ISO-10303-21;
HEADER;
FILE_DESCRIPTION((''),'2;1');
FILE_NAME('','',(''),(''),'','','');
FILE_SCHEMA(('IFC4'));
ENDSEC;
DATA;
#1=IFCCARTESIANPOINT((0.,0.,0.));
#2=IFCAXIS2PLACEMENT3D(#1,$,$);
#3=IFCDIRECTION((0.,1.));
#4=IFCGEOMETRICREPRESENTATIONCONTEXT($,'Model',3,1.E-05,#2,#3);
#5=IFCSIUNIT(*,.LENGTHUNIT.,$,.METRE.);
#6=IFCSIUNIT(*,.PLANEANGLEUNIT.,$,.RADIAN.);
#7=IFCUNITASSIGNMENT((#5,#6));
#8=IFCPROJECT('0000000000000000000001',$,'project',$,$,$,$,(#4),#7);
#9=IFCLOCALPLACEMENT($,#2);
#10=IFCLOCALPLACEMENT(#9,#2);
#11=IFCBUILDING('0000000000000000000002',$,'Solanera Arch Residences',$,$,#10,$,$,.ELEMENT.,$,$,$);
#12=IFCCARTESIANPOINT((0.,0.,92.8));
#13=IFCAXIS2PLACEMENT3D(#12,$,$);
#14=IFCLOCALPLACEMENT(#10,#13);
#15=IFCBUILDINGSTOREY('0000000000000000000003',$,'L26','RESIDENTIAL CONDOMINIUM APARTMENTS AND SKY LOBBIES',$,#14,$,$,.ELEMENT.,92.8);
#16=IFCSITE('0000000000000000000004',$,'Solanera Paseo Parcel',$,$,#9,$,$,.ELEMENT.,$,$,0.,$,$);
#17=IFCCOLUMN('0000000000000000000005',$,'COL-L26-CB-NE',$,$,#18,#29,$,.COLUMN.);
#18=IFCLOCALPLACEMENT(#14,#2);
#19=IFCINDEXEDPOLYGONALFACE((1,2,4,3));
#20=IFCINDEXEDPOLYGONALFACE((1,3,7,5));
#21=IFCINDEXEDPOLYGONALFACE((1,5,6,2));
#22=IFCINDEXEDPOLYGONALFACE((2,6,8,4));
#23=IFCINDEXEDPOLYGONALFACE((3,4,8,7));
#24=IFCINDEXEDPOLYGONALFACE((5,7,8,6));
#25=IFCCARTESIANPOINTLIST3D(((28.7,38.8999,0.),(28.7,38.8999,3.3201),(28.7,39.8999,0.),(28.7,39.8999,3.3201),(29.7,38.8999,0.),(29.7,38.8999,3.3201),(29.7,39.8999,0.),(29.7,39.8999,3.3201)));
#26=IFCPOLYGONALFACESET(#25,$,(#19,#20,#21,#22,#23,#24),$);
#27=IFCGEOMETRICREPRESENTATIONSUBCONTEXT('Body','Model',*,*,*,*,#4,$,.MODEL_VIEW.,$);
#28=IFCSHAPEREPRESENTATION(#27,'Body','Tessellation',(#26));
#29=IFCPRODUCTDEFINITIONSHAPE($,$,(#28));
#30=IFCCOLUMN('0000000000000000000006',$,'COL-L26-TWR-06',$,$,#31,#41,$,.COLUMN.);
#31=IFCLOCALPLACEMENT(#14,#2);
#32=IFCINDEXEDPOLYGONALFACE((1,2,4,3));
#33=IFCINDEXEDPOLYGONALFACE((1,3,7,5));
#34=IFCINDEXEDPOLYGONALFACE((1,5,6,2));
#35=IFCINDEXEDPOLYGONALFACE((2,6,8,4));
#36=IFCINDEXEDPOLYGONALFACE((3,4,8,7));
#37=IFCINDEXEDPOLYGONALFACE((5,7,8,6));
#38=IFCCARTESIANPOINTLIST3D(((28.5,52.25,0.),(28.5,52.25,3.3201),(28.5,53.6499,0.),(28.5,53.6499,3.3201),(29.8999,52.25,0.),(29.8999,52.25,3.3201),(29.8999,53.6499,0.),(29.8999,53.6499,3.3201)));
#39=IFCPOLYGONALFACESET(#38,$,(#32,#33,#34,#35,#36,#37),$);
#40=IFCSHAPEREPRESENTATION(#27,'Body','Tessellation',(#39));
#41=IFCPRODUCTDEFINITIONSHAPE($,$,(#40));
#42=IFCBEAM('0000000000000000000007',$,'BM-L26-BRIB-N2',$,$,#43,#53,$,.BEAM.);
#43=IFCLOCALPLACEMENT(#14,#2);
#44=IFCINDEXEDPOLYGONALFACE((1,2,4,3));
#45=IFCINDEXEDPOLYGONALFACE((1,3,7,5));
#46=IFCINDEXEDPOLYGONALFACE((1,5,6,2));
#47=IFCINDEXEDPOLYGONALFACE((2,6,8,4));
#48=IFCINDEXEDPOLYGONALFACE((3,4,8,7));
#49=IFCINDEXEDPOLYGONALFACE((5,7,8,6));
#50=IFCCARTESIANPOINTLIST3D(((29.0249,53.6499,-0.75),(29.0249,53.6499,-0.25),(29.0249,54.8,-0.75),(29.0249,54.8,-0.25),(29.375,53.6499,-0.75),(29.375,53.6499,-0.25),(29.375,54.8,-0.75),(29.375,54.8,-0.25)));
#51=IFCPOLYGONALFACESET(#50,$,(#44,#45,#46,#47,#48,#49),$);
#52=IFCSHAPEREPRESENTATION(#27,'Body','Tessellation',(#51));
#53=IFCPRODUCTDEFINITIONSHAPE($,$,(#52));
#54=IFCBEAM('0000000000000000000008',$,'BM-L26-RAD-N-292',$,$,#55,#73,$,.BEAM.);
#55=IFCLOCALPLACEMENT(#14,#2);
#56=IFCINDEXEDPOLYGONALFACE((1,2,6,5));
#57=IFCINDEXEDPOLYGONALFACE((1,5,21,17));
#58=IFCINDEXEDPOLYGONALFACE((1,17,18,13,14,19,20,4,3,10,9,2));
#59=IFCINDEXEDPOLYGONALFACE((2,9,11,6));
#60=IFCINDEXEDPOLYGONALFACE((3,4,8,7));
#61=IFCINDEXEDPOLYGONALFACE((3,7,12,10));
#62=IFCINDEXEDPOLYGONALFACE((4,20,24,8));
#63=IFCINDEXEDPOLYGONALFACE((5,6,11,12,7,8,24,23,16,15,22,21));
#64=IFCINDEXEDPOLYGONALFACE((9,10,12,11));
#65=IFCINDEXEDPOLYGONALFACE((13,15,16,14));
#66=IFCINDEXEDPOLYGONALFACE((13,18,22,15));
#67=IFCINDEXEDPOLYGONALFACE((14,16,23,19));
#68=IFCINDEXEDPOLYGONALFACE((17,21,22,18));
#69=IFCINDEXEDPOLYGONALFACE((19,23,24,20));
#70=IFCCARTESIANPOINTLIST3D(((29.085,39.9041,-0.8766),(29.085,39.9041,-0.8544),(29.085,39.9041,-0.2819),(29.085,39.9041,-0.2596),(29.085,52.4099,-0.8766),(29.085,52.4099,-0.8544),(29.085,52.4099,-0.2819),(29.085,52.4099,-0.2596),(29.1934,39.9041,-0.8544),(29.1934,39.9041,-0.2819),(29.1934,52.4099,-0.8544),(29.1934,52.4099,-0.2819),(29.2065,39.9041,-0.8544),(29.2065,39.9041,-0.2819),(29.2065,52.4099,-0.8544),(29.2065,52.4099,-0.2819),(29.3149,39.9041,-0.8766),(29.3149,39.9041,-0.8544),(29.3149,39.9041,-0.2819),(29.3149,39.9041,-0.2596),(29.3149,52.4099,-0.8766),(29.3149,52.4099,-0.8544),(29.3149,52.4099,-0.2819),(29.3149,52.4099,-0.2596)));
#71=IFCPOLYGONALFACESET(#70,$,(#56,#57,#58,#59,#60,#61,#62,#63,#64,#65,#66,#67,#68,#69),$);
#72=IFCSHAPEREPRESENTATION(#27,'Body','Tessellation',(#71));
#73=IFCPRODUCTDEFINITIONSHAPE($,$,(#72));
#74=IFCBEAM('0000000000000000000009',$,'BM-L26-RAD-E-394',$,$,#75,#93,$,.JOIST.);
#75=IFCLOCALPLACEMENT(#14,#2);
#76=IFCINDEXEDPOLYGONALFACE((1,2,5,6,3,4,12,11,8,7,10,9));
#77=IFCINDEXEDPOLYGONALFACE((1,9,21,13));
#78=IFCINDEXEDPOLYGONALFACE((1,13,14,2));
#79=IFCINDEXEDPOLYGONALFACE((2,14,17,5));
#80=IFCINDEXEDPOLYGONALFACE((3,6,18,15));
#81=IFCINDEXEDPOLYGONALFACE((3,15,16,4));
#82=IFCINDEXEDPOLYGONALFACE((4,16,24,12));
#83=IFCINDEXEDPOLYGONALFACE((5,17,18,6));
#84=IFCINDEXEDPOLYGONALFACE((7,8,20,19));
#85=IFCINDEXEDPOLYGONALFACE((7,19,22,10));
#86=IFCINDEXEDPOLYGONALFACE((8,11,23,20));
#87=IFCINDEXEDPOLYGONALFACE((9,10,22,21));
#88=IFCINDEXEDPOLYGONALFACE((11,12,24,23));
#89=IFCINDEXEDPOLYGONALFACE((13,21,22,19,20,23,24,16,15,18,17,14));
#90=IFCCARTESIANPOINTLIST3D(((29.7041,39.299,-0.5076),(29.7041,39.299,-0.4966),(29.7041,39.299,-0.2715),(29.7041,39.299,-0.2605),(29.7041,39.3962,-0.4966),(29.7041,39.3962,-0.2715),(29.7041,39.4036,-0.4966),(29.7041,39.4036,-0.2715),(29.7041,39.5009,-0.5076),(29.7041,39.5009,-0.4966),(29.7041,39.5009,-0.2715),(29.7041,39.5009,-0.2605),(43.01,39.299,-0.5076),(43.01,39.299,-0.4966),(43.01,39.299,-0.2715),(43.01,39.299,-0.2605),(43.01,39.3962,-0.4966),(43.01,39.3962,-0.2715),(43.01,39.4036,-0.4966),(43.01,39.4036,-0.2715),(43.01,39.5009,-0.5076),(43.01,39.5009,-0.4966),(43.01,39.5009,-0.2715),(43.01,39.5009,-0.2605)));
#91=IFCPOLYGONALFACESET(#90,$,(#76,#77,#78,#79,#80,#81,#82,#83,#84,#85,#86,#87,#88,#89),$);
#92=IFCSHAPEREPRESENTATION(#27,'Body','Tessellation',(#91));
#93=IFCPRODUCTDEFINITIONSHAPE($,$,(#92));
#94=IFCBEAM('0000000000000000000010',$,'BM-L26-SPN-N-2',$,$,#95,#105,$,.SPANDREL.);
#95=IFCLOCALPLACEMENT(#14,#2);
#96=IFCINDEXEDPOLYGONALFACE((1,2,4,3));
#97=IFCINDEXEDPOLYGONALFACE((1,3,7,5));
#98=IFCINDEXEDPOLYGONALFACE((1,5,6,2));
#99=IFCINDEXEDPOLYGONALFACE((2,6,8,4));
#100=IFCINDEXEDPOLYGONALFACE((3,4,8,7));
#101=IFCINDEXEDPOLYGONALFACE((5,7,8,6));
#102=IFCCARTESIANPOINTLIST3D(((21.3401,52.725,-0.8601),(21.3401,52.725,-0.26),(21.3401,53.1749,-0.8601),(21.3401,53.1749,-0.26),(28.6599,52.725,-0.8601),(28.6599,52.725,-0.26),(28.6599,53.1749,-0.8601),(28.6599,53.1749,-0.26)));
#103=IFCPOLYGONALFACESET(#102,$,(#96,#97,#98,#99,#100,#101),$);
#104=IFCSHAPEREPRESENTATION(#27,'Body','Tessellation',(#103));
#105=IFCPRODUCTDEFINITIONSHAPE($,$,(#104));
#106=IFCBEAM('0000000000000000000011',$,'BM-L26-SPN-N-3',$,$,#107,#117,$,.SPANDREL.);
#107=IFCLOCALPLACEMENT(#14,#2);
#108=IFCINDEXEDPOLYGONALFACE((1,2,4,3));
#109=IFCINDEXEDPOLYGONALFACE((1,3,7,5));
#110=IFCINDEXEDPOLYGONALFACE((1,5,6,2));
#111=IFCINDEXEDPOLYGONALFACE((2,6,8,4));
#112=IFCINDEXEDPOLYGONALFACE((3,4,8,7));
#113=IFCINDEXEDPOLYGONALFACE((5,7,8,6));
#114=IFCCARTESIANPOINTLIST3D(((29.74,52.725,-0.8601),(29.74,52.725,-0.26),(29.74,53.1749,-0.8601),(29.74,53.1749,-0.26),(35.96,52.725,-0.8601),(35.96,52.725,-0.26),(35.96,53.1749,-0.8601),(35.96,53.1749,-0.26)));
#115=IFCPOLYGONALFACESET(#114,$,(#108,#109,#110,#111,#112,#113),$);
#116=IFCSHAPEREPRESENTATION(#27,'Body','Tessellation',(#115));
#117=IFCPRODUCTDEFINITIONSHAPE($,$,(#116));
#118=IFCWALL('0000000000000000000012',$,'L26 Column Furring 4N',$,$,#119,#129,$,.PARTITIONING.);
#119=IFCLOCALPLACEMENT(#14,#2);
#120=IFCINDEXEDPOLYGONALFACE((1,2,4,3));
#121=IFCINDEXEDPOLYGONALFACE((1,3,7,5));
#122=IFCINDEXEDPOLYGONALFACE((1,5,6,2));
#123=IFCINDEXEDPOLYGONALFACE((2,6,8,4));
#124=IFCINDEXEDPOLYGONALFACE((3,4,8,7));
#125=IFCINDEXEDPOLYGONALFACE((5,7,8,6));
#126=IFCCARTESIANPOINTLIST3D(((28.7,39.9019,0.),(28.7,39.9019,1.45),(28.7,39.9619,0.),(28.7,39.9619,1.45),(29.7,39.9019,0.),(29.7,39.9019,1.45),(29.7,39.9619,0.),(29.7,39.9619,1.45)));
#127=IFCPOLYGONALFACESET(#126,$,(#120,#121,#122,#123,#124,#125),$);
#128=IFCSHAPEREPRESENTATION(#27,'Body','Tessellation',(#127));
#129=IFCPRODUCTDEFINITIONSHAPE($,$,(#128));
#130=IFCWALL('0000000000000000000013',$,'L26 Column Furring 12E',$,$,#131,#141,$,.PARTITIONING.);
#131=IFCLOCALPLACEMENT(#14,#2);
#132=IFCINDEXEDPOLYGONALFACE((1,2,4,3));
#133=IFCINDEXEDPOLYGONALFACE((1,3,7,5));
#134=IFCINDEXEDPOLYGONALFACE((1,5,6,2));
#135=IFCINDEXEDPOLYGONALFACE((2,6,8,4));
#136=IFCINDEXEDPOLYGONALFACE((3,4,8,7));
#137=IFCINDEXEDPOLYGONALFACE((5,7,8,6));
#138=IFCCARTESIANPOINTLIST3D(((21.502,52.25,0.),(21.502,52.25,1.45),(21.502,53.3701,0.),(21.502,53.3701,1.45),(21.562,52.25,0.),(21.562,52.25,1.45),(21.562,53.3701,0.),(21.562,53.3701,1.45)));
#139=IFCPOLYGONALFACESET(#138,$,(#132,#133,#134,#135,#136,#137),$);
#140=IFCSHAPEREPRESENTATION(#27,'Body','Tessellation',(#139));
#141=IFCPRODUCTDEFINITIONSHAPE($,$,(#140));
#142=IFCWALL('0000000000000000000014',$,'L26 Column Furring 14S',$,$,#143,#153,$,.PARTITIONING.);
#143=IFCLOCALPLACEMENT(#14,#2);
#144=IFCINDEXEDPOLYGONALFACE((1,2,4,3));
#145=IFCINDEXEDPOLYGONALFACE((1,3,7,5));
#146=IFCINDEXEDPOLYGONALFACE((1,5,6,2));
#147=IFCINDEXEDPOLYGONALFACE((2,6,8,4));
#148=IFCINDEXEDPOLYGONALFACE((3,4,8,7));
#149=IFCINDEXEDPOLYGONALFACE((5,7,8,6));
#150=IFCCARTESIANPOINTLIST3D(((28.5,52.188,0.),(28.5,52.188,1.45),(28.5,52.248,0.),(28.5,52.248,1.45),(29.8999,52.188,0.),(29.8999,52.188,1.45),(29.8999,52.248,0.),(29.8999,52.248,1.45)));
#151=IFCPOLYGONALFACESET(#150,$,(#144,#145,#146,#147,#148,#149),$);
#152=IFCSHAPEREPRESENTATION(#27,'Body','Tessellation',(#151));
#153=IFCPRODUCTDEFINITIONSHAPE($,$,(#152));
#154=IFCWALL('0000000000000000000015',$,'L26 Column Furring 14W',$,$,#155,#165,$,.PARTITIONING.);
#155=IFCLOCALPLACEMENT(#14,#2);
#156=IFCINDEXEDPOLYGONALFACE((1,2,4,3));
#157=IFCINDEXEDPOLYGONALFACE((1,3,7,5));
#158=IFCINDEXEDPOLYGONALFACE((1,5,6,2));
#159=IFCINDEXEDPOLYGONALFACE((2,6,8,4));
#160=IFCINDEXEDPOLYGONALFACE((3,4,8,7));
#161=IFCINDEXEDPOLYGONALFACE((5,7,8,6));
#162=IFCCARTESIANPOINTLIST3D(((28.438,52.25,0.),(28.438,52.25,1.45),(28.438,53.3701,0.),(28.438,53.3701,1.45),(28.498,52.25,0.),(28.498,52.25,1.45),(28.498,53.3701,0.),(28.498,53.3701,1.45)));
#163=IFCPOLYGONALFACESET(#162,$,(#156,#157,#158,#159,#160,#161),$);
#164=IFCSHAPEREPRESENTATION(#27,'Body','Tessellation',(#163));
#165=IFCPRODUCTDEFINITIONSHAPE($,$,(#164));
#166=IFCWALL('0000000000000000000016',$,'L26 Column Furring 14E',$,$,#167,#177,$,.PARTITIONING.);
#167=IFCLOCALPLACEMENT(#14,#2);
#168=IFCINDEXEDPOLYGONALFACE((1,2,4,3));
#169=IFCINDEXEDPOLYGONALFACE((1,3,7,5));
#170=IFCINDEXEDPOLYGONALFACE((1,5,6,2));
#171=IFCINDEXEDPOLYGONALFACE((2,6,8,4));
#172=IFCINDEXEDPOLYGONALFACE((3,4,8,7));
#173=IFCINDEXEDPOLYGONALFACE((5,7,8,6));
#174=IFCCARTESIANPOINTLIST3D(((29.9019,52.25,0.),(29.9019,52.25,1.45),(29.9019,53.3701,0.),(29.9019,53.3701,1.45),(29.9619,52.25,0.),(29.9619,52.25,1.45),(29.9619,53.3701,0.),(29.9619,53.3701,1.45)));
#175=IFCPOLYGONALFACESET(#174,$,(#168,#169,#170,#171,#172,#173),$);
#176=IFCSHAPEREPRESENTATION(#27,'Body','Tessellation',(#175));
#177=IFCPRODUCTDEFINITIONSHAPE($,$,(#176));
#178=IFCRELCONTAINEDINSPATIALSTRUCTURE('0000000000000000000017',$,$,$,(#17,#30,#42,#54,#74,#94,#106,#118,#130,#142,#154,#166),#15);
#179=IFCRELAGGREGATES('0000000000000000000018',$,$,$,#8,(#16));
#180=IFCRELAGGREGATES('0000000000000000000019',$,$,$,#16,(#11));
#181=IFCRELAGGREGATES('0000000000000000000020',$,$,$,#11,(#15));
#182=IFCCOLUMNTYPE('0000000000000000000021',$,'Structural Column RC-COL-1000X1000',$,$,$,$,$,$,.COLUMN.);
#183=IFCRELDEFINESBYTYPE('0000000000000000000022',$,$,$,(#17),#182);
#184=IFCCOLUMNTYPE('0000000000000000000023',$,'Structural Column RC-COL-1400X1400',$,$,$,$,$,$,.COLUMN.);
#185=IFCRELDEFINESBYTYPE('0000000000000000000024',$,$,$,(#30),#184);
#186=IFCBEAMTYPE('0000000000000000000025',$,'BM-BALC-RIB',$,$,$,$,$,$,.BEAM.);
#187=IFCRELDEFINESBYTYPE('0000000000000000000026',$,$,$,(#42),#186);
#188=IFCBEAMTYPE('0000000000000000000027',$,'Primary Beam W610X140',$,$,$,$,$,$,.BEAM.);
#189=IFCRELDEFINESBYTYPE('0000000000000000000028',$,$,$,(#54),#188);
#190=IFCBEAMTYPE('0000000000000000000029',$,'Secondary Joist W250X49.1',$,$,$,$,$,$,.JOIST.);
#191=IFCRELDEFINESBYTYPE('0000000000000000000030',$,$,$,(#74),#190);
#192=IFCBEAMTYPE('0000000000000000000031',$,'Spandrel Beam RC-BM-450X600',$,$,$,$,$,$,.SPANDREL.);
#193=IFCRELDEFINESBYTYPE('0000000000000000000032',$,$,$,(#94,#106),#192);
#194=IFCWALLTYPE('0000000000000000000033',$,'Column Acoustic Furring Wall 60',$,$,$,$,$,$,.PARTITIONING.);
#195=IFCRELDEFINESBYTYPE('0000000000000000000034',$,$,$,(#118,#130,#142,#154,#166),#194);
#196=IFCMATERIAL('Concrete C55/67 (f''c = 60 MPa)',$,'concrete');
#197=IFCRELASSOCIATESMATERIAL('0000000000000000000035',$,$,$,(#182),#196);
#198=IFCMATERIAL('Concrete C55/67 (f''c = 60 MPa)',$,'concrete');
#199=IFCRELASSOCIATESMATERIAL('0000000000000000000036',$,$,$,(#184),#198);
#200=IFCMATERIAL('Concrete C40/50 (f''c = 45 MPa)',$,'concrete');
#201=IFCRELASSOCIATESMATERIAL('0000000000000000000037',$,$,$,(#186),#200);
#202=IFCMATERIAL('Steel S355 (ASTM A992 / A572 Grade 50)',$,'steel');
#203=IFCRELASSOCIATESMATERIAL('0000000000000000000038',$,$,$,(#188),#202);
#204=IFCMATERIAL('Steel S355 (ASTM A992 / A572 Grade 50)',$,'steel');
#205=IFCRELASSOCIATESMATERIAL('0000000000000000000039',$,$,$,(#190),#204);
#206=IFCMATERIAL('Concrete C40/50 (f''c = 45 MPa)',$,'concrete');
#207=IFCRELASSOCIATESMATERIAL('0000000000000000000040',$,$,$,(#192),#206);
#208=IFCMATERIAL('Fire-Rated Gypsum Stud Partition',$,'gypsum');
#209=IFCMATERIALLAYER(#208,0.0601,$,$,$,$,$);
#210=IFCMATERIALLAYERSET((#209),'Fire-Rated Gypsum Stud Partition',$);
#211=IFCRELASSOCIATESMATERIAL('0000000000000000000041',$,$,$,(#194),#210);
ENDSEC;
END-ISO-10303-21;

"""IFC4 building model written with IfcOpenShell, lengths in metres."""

from ifc_helpers import new_model, si_unit, direction, frame, frame_2d, origin, origin_2d, place, context, subcontext, project, spatial, rectangle, i_section, extrude, material, layer, layer_set, material_profile, profile_set, type_object, element, save


model = new_model("IFC4")

# Units and contexts
model_context = context("Model", 3, precision=1e-05, world=origin(), true_north=direction((0.0, 1.0)))
body_context = subcontext(model_context, "Body", "Model", "MODEL_VIEW")
ifc_project = project(units=[si_unit("LENGTHUNIT", "METRE"), si_unit("PLANEANGLEUNIT", "RADIAN")], contexts=[model_context])

# Site, building, storey
site_placement = place(None, origin())
site = spatial("IfcSite", under=ifc_project, at=site_placement, Name="Solanera Paseo Parcel", CompositionType="ELEMENT", RefElevation=0.0)
building_placement = place(site_placement, origin())
building = spatial("IfcBuilding", under=site, at=building_placement, Name="Solanera Arch Residences", CompositionType="ELEMENT")
storey_placement = place(building_placement, frame((0.0, 0.0, 92.8)))
storey = spatial("IfcBuildingStorey", under=building, at=storey_placement, Name="L26", Description="RESIDENTIAL CONDOMINIUM APARTMENTS AND SKY LOBBIES", CompositionType="ELEMENT", Elevation=92.8)

# Columns
ifc_material_1 = material(Name="Concrete C55/67 (f'c = 60 MPa)", Category="concrete")
ifc_material_profile_1 = material_profile(ifc_material_1, rectangle(XDim=1.0, YDim=1.0, at=origin_2d()))
ifc_profile_set_1 = profile_set([ifc_material_profile_1], Name="Concrete C55/67 (f'c = 60 MPa)")
column_type_1 = type_object("IfcColumnType", Name="Structural Column RC-COL-1000X1000", PredefinedType="COLUMN", material=ifc_profile_set_1)
column_1_placement = place(storey_placement, frame((29.2, 39.3999, 0.0), z_axis=(0.0, 0.0, 1.0), x_axis=(1.0, 0.0, 0.0)))
element("IfcColumn", 1, at=column_1_placement, inside=storey, type_object=column_type_1, Name="COL-L26-CB-NE", PredefinedType="COLUMN", context=body_context, shape_type="SweptSolid", body=[
    extrude(rectangle(XDim=1.0, YDim=1.0, at=origin_2d()), origin(), (0.0, 0.0, 1.0), 3.3201),
])
ifc_material_2 = material(Name="Concrete C55/67 (f'c = 60 MPa)", Category="concrete")
ifc_material_profile_2 = material_profile(ifc_material_2, rectangle(XDim=1.3999, YDim=1.3999, at=origin_2d()))
ifc_profile_set_2 = profile_set([ifc_material_profile_2], Name="Concrete C55/67 (f'c = 60 MPa)")
column_type_2 = type_object("IfcColumnType", Name="Structural Column RC-COL-1400X1400", PredefinedType="COLUMN", material=ifc_profile_set_2)
column_2_placement = place(storey_placement, frame((29.2, 52.95, 0.0), z_axis=(0.0, 0.0, 1.0), x_axis=(1.0, 0.0, 0.0)))
element("IfcColumn", 2, at=column_2_placement, inside=storey, type_object=column_type_2, Name="COL-L26-TWR-06", PredefinedType="COLUMN", context=body_context, shape_type="SweptSolid", body=[
    extrude(rectangle(XDim=1.3999, YDim=1.3999, at=origin_2d()), origin(), (0.0, 0.0, 1.0), 3.3201),
])

# Beams
ifc_material_3 = material(Name="Concrete C40/50 (f'c = 45 MPa)", Category="concrete")
ifc_material_profile_3 = material_profile(ifc_material_3, rectangle(XDim=0.3501, YDim=0.5, at=origin_2d()))
ifc_profile_set_3 = profile_set([ifc_material_profile_3], Name="Concrete C40/50 (f'c = 45 MPa)")
beam_type_1 = type_object("IfcBeamType", Name="BM-BALC-RIB", PredefinedType="BEAM", material=ifc_profile_set_3)
beam_1_placement = place(storey_placement, frame((29.2, 53.6499, -0.5), z_axis=(0.0, 1.0, 0.0), x_axis=(-1.0, 0.0, 0.0)))
element("IfcBeam", 3, at=beam_1_placement, inside=storey, type_object=beam_type_1, Name="BM-L26-BRIB-N2", PredefinedType="BEAM", context=body_context, shape_type="SweptSolid", body=[
    extrude(rectangle(XDim=0.3501, YDim=0.5, at=origin_2d()), origin(), (0.0, 0.0, 1.0), 1.1501),
])
ifc_material_4 = material(Name="Steel S355 (ASTM A992 / A572 Grade 50)", Category="steel")
ifc_material_profile_4 = material_profile(ifc_material_4, i_section(OverallWidth=0.23, OverallDepth=0.6169, WebThickness=0.0132, FlangeThickness=0.0222, at=origin_2d()))
ifc_profile_set_4 = profile_set([ifc_material_profile_4], Name="Steel S355 (ASTM A992 / A572 Grade 50)")
beam_type_2 = type_object("IfcBeamType", Name="Primary Beam W610X140", PredefinedType="BEAM", material=ifc_profile_set_4)
beam_2_placement = place(storey_placement, frame((29.2, 39.9041, -0.5681), z_axis=(0.0, 1.0, 0.0), x_axis=(-1.0, 0.0, 0.0)))
element("IfcBeam", 4, at=beam_2_placement, inside=storey, type_object=beam_type_2, Name="BM-L26-RAD-N-292", PredefinedType="BEAM", context=body_context, shape_type="SweptSolid", body=[
    extrude(i_section(OverallWidth=0.23, OverallDepth=0.6169, WebThickness=0.0132, FlangeThickness=0.0222, at=origin_2d()), origin(), (0.0, 0.0, 1.0), 12.5059),
])
ifc_material_5 = material(Name="Steel S355 (ASTM A992 / A572 Grade 50)", Category="steel")
ifc_material_profile_5 = material_profile(ifc_material_5, i_section(OverallWidth=0.2019, OverallDepth=0.2471, WebThickness=0.0073, FlangeThickness=0.011, at=origin_2d()))
ifc_profile_set_5 = profile_set([ifc_material_profile_5], Name="Steel S355 (ASTM A992 / A572 Grade 50)")
beam_type_3 = type_object("IfcBeamType", Name="Secondary Joist W250X49.1", PredefinedType="JOIST", material=ifc_profile_set_5)
beam_3_placement = place(storey_placement, frame((29.7041, 39.3999, -0.384), z_axis=(1.0, 0.0, 0.0), x_axis=(0.0, 1.0, 0.0)))
element("IfcBeam", 5, at=beam_3_placement, inside=storey, type_object=beam_type_3, Name="BM-L26-RAD-E-394", PredefinedType="JOIST", context=body_context, shape_type="SweptSolid", body=[
    extrude(i_section(OverallWidth=0.2019, OverallDepth=0.2471, WebThickness=0.0073, FlangeThickness=0.011, at=origin_2d()), origin(), (0.0, 0.0, 1.0), 13.3059),
])
ifc_material_6 = material(Name="Concrete C40/50 (f'c = 45 MPa)", Category="concrete")
ifc_material_profile_6 = material_profile(ifc_material_6, rectangle(XDim=0.45, YDim=0.6001, at=origin_2d()))
ifc_profile_set_6 = profile_set([ifc_material_profile_6], Name="Concrete C40/50 (f'c = 45 MPa)")
beam_type_4 = type_object("IfcBeamType", Name="Spandrel Beam RC-BM-450X600", PredefinedType="SPANDREL", material=ifc_profile_set_6)
beam_4_placement = place(storey_placement, frame((21.3401, 52.95, -0.5601), z_axis=(1.0, 0.0, 0.0), x_axis=(0.0, 1.0, 0.0)))
element("IfcBeam", 6, at=beam_4_placement, inside=storey, type_object=beam_type_4, Name="BM-L26-SPN-N-2", PredefinedType="SPANDREL", context=body_context, shape_type="SweptSolid", body=[
    extrude(rectangle(XDim=0.45, YDim=0.6001, at=origin_2d()), origin(), (0.0, 0.0, 1.0), 7.3198),
])
beam_5_placement = place(storey_placement, frame((29.74, 52.95, -0.5601), z_axis=(1.0, 0.0, 0.0), x_axis=(0.0, 1.0, 0.0)))
element("IfcBeam", 7, at=beam_5_placement, inside=storey, type_object=beam_type_4, Name="BM-L26-SPN-N-3", PredefinedType="SPANDREL", context=body_context, shape_type="SweptSolid", body=[
    extrude(rectangle(XDim=0.45, YDim=0.6001, at=origin_2d()), origin(), (0.0, 0.0, 1.0), 6.22),
])

# Walls
ifc_material_7 = material(Name="Fire-Rated Gypsum Stud Partition", Category="gypsum")
ifc_layer_1 = layer(ifc_material_7, 0.0601)
ifc_layer_set_1 = layer_set([ifc_layer_1], Name="Fire-Rated Gypsum Stud Partition")
wall_type_1 = type_object("IfcWallType", Name="Column Acoustic Furring Wall 60", PredefinedType="PARTITIONING", material=ifc_layer_set_1)
wall_1_placement = place(storey_placement, frame((28.7, 39.9319, 0.0), z_axis=(0.0, 0.0, 1.0), x_axis=(1.0, 0.0, 0.0)))
element("IfcWall", 8, at=wall_1_placement, inside=storey, type_object=wall_type_1, Name="L26 Column Furring 4N", PredefinedType="PARTITIONING", context=body_context, shape_type="SweptSolid", body=[
    extrude(rectangle(XDim=1.0, YDim=0.0601, at=frame_2d((0.5, 0.0))), origin(), (0.0, 0.0, 1.0), 1.45),
])
wall_2_placement = place(storey_placement, frame((21.532, 52.25, 0.0), z_axis=(0.0, 0.0, 1.0), x_axis=(0.0, 1.0, 0.0)))
element("IfcWall", 9, at=wall_2_placement, inside=storey, type_object=wall_type_1, Name="L26 Column Furring 12E", PredefinedType="PARTITIONING", context=body_context, shape_type="SweptSolid", body=[
    extrude(rectangle(XDim=1.1201, YDim=0.0601, at=frame_2d((0.5601, 0.0))), origin(), (0.0, 0.0, 1.0), 1.45),
])
wall_3_placement = place(storey_placement, frame((28.5, 52.218, 0.0), z_axis=(0.0, 0.0, 1.0), x_axis=(1.0, 0.0, 0.0)))
element("IfcWall", 10, at=wall_3_placement, inside=storey, type_object=wall_type_1, Name="L26 Column Furring 14S", PredefinedType="PARTITIONING", context=body_context, shape_type="SweptSolid", body=[
    extrude(rectangle(XDim=1.3999, YDim=0.0601, at=frame_2d((0.7, 0.0))), origin(), (0.0, 0.0, 1.0), 1.45),
])
for number, where, z_axis, x_axis, name in (
    (11, (28.468, 52.25, 0.0), (0.0, 0.0, 1.0), (0.0, 1.0, 0.0), "L26 Column Furring 14W"),
    (12, (29.9319, 52.25, 0.0), (0.0, 0.0, 1.0), (0.0, 1.0, 0.0), "L26 Column Furring 14E"),
):
    element("IfcWall", number, at=place(storey_placement, frame(where, z_axis=z_axis, x_axis=x_axis)), inside=storey, type_object=wall_type_1, Name=name, PredefinedType="PARTITIONING", context=body_context, shape_type="SweptSolid", body=[
        extrude(rectangle(XDim=1.1201, YDim=0.0601, at=frame_2d((0.5601, 0.0))), origin(), (0.0, 0.0, 1.0), 1.45),
    ])

save(model, "model.ifc")
